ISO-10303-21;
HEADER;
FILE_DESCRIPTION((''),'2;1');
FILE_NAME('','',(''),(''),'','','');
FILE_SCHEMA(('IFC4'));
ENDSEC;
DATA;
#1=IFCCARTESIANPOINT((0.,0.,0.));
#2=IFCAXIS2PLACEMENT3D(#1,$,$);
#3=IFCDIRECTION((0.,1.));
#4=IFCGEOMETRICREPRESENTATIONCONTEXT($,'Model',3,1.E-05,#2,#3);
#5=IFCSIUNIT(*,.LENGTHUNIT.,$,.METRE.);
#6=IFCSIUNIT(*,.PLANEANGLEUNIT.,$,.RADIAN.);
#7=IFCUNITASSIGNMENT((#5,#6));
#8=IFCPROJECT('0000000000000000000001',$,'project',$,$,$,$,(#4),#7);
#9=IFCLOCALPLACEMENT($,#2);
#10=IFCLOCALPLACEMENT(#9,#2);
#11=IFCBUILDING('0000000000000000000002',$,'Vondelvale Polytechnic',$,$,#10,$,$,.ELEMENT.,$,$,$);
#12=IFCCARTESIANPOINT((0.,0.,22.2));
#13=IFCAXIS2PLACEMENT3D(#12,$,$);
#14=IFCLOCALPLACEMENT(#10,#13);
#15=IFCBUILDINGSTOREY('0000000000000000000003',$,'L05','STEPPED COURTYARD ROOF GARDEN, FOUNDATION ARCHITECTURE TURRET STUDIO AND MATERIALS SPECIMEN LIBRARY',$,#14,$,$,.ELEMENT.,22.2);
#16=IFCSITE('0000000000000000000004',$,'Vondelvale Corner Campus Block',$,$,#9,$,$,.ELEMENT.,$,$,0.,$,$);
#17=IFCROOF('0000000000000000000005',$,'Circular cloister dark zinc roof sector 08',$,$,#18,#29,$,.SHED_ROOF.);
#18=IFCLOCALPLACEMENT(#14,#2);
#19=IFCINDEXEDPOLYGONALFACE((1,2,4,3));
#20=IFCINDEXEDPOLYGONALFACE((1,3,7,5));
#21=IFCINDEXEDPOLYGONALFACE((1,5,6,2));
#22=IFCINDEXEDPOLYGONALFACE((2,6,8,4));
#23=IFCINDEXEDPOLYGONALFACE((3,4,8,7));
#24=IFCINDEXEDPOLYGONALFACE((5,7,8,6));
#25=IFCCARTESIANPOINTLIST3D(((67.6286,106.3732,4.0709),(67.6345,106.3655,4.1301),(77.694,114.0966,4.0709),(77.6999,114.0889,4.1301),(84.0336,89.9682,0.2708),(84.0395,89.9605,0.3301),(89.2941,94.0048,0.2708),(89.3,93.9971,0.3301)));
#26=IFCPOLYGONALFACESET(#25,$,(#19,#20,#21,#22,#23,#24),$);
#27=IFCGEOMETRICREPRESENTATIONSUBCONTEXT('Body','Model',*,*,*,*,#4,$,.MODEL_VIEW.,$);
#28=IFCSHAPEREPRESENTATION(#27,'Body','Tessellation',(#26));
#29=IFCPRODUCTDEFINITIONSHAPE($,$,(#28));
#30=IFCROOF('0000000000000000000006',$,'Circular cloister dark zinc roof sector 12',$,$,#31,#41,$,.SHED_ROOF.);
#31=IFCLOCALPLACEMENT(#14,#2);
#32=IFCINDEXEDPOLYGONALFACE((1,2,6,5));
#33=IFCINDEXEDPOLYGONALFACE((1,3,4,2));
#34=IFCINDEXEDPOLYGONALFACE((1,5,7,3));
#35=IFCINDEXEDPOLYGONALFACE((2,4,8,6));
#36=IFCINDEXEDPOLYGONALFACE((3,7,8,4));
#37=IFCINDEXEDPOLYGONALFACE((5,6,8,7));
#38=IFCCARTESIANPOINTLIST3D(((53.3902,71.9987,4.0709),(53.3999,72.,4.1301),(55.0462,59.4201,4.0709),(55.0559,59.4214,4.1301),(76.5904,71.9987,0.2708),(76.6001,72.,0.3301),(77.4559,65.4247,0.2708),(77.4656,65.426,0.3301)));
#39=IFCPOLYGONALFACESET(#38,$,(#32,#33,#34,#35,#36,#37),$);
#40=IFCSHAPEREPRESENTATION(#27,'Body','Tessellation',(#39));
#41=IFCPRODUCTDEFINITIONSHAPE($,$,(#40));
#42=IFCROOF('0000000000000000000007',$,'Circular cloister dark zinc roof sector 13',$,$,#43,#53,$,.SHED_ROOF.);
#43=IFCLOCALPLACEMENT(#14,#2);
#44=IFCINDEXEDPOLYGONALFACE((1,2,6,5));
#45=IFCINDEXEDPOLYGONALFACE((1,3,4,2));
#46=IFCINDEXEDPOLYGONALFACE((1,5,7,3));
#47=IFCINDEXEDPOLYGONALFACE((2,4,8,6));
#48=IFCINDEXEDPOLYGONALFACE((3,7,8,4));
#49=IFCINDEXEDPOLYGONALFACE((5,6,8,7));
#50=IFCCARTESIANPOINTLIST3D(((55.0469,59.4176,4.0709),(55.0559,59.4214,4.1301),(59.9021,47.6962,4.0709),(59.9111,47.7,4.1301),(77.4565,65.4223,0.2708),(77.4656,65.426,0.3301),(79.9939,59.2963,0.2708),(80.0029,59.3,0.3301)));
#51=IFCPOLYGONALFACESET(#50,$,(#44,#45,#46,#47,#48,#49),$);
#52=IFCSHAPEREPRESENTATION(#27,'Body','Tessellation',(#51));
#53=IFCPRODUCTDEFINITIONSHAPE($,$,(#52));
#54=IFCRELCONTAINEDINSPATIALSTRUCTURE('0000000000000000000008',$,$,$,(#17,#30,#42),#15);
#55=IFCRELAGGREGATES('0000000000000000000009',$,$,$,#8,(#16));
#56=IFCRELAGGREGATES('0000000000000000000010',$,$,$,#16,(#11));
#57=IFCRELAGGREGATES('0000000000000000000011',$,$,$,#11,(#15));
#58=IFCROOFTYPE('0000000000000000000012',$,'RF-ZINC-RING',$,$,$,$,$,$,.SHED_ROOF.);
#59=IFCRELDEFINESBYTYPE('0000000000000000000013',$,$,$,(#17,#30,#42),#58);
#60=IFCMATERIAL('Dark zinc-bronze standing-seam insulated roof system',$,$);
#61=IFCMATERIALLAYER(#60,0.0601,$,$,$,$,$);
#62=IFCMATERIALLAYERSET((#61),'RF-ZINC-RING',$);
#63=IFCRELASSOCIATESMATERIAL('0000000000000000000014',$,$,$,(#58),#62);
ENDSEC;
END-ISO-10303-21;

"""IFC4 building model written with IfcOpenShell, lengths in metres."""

from ifc_helpers import new_model, si_unit, direction, frame, origin, place, context, subcontext, project, spatial, polyline, outline, extrude, material, layer, layer_set, type_object, element, save


model = new_model("IFC4")

# Units and contexts
model_context = context("Model", 3, precision=1e-05, world=origin(), true_north=direction((0.0, 1.0)))
body_context = subcontext(model_context, "Body", "Model", "MODEL_VIEW")
ifc_project = project(units=[si_unit("LENGTHUNIT", "METRE"), si_unit("PLANEANGLEUNIT", "RADIAN")], contexts=[model_context])

# Site, building, storey
site_placement = place(None, origin())
site = spatial("IfcSite", under=ifc_project, at=site_placement, Name="Vondelvale Corner Campus Block", CompositionType="ELEMENT", RefElevation=0.0)
building_placement = place(site_placement, origin())
building = spatial("IfcBuilding", under=site, at=building_placement, Name="Vondelvale Polytechnic", CompositionType="ELEMENT")
storey_placement = place(building_placement, frame((0.0, 0.0, 22.2)))
storey = spatial("IfcBuildingStorey", under=building, at=storey_placement, Name="L05", Description="STEPPED COURTYARD ROOF GARDEN, FOUNDATION ARCHITECTURE TURRET STUDIO AND MATERIALS SPECIMEN LIBRARY", CompositionType="ELEMENT", Elevation=22.2)

# Roofs
ifc_material_1 = material(Name="Dark zinc-bronze standing-seam insulated roof system")
ifc_layer_1 = layer(ifc_material_1, 0.0601)
ifc_layer_set_1 = layer_set([ifc_layer_1], Name="RF-ZINC-RING")
roof_type = type_object("IfcRoofType", Name="RF-ZINC-RING", PredefinedType="SHED_ROOF", material=ifc_layer_set_1)
roof_1_placement = place(storey_placement, frame((89.3, 93.9971, 0.3301), z_axis=(0.099227, -0.129315, 0.986626), x_axis=(-0.493428, 0.854635, 0.16164)))
element("IfcRoof", 1, at=roof_1_placement, inside=storey, type_object=roof_type, Name="Circular cloister dark zinc roof sector 08", PredefinedType="SHED_ROOF", context=body_context, shape_type="SweptSolid", body=[
    extrude(outline(polyline([(0.0, 0.0), (23.5092, 0.0), (21.8751, 12.5815), (-0.8542, 6.5755), (0.0, 0.0)])), origin(), (0.0, 0.0, -1.0), 0.0601),
])
roof_2_placement = place(storey_placement, frame((76.6001, 72.0, 0.3301), z_axis=(0.161603, 0.021275, 0.986626), x_axis=(-0.98685, 0.0, 0.16164)))
element("IfcRoof", 2, at=roof_2_placement, inside=storey, type_object=roof_type, Name="Circular cloister dark zinc roof sector 12", PredefinedType="SHED_ROOF", context=body_context, shape_type="SweptSolid", body=[
    extrude(outline(polyline([(0.0, 0.0), (23.5093, 0.0), (21.8751, 12.5815), (-0.8541, 6.5755), (0.0, 0.0)])), origin(), (0.0, 0.0, -1.0), 0.0601),
])
roof_3_placement = place(storey_placement, frame((77.4656, 65.426, 0.3301), z_axis=(0.150591, 0.062376, 0.986626), x_axis=(-0.953224, -0.255415, 0.16164)))
element("IfcRoof", 3, at=roof_3_placement, inside=storey, type_object=roof_type, Name="Circular cloister dark zinc roof sector 13", PredefinedType="SHED_ROOF", context=body_context, shape_type="SweptSolid", body=[
    extrude(outline(polyline([(0.0, 0.0), (23.5093, 0.0), (21.8751, 12.5815), (-0.854, 6.5754), (0.0, 0.0)])), origin(), (0.0, 0.0, -1.0), 0.0601),
])

save(model, "model.ifc")
